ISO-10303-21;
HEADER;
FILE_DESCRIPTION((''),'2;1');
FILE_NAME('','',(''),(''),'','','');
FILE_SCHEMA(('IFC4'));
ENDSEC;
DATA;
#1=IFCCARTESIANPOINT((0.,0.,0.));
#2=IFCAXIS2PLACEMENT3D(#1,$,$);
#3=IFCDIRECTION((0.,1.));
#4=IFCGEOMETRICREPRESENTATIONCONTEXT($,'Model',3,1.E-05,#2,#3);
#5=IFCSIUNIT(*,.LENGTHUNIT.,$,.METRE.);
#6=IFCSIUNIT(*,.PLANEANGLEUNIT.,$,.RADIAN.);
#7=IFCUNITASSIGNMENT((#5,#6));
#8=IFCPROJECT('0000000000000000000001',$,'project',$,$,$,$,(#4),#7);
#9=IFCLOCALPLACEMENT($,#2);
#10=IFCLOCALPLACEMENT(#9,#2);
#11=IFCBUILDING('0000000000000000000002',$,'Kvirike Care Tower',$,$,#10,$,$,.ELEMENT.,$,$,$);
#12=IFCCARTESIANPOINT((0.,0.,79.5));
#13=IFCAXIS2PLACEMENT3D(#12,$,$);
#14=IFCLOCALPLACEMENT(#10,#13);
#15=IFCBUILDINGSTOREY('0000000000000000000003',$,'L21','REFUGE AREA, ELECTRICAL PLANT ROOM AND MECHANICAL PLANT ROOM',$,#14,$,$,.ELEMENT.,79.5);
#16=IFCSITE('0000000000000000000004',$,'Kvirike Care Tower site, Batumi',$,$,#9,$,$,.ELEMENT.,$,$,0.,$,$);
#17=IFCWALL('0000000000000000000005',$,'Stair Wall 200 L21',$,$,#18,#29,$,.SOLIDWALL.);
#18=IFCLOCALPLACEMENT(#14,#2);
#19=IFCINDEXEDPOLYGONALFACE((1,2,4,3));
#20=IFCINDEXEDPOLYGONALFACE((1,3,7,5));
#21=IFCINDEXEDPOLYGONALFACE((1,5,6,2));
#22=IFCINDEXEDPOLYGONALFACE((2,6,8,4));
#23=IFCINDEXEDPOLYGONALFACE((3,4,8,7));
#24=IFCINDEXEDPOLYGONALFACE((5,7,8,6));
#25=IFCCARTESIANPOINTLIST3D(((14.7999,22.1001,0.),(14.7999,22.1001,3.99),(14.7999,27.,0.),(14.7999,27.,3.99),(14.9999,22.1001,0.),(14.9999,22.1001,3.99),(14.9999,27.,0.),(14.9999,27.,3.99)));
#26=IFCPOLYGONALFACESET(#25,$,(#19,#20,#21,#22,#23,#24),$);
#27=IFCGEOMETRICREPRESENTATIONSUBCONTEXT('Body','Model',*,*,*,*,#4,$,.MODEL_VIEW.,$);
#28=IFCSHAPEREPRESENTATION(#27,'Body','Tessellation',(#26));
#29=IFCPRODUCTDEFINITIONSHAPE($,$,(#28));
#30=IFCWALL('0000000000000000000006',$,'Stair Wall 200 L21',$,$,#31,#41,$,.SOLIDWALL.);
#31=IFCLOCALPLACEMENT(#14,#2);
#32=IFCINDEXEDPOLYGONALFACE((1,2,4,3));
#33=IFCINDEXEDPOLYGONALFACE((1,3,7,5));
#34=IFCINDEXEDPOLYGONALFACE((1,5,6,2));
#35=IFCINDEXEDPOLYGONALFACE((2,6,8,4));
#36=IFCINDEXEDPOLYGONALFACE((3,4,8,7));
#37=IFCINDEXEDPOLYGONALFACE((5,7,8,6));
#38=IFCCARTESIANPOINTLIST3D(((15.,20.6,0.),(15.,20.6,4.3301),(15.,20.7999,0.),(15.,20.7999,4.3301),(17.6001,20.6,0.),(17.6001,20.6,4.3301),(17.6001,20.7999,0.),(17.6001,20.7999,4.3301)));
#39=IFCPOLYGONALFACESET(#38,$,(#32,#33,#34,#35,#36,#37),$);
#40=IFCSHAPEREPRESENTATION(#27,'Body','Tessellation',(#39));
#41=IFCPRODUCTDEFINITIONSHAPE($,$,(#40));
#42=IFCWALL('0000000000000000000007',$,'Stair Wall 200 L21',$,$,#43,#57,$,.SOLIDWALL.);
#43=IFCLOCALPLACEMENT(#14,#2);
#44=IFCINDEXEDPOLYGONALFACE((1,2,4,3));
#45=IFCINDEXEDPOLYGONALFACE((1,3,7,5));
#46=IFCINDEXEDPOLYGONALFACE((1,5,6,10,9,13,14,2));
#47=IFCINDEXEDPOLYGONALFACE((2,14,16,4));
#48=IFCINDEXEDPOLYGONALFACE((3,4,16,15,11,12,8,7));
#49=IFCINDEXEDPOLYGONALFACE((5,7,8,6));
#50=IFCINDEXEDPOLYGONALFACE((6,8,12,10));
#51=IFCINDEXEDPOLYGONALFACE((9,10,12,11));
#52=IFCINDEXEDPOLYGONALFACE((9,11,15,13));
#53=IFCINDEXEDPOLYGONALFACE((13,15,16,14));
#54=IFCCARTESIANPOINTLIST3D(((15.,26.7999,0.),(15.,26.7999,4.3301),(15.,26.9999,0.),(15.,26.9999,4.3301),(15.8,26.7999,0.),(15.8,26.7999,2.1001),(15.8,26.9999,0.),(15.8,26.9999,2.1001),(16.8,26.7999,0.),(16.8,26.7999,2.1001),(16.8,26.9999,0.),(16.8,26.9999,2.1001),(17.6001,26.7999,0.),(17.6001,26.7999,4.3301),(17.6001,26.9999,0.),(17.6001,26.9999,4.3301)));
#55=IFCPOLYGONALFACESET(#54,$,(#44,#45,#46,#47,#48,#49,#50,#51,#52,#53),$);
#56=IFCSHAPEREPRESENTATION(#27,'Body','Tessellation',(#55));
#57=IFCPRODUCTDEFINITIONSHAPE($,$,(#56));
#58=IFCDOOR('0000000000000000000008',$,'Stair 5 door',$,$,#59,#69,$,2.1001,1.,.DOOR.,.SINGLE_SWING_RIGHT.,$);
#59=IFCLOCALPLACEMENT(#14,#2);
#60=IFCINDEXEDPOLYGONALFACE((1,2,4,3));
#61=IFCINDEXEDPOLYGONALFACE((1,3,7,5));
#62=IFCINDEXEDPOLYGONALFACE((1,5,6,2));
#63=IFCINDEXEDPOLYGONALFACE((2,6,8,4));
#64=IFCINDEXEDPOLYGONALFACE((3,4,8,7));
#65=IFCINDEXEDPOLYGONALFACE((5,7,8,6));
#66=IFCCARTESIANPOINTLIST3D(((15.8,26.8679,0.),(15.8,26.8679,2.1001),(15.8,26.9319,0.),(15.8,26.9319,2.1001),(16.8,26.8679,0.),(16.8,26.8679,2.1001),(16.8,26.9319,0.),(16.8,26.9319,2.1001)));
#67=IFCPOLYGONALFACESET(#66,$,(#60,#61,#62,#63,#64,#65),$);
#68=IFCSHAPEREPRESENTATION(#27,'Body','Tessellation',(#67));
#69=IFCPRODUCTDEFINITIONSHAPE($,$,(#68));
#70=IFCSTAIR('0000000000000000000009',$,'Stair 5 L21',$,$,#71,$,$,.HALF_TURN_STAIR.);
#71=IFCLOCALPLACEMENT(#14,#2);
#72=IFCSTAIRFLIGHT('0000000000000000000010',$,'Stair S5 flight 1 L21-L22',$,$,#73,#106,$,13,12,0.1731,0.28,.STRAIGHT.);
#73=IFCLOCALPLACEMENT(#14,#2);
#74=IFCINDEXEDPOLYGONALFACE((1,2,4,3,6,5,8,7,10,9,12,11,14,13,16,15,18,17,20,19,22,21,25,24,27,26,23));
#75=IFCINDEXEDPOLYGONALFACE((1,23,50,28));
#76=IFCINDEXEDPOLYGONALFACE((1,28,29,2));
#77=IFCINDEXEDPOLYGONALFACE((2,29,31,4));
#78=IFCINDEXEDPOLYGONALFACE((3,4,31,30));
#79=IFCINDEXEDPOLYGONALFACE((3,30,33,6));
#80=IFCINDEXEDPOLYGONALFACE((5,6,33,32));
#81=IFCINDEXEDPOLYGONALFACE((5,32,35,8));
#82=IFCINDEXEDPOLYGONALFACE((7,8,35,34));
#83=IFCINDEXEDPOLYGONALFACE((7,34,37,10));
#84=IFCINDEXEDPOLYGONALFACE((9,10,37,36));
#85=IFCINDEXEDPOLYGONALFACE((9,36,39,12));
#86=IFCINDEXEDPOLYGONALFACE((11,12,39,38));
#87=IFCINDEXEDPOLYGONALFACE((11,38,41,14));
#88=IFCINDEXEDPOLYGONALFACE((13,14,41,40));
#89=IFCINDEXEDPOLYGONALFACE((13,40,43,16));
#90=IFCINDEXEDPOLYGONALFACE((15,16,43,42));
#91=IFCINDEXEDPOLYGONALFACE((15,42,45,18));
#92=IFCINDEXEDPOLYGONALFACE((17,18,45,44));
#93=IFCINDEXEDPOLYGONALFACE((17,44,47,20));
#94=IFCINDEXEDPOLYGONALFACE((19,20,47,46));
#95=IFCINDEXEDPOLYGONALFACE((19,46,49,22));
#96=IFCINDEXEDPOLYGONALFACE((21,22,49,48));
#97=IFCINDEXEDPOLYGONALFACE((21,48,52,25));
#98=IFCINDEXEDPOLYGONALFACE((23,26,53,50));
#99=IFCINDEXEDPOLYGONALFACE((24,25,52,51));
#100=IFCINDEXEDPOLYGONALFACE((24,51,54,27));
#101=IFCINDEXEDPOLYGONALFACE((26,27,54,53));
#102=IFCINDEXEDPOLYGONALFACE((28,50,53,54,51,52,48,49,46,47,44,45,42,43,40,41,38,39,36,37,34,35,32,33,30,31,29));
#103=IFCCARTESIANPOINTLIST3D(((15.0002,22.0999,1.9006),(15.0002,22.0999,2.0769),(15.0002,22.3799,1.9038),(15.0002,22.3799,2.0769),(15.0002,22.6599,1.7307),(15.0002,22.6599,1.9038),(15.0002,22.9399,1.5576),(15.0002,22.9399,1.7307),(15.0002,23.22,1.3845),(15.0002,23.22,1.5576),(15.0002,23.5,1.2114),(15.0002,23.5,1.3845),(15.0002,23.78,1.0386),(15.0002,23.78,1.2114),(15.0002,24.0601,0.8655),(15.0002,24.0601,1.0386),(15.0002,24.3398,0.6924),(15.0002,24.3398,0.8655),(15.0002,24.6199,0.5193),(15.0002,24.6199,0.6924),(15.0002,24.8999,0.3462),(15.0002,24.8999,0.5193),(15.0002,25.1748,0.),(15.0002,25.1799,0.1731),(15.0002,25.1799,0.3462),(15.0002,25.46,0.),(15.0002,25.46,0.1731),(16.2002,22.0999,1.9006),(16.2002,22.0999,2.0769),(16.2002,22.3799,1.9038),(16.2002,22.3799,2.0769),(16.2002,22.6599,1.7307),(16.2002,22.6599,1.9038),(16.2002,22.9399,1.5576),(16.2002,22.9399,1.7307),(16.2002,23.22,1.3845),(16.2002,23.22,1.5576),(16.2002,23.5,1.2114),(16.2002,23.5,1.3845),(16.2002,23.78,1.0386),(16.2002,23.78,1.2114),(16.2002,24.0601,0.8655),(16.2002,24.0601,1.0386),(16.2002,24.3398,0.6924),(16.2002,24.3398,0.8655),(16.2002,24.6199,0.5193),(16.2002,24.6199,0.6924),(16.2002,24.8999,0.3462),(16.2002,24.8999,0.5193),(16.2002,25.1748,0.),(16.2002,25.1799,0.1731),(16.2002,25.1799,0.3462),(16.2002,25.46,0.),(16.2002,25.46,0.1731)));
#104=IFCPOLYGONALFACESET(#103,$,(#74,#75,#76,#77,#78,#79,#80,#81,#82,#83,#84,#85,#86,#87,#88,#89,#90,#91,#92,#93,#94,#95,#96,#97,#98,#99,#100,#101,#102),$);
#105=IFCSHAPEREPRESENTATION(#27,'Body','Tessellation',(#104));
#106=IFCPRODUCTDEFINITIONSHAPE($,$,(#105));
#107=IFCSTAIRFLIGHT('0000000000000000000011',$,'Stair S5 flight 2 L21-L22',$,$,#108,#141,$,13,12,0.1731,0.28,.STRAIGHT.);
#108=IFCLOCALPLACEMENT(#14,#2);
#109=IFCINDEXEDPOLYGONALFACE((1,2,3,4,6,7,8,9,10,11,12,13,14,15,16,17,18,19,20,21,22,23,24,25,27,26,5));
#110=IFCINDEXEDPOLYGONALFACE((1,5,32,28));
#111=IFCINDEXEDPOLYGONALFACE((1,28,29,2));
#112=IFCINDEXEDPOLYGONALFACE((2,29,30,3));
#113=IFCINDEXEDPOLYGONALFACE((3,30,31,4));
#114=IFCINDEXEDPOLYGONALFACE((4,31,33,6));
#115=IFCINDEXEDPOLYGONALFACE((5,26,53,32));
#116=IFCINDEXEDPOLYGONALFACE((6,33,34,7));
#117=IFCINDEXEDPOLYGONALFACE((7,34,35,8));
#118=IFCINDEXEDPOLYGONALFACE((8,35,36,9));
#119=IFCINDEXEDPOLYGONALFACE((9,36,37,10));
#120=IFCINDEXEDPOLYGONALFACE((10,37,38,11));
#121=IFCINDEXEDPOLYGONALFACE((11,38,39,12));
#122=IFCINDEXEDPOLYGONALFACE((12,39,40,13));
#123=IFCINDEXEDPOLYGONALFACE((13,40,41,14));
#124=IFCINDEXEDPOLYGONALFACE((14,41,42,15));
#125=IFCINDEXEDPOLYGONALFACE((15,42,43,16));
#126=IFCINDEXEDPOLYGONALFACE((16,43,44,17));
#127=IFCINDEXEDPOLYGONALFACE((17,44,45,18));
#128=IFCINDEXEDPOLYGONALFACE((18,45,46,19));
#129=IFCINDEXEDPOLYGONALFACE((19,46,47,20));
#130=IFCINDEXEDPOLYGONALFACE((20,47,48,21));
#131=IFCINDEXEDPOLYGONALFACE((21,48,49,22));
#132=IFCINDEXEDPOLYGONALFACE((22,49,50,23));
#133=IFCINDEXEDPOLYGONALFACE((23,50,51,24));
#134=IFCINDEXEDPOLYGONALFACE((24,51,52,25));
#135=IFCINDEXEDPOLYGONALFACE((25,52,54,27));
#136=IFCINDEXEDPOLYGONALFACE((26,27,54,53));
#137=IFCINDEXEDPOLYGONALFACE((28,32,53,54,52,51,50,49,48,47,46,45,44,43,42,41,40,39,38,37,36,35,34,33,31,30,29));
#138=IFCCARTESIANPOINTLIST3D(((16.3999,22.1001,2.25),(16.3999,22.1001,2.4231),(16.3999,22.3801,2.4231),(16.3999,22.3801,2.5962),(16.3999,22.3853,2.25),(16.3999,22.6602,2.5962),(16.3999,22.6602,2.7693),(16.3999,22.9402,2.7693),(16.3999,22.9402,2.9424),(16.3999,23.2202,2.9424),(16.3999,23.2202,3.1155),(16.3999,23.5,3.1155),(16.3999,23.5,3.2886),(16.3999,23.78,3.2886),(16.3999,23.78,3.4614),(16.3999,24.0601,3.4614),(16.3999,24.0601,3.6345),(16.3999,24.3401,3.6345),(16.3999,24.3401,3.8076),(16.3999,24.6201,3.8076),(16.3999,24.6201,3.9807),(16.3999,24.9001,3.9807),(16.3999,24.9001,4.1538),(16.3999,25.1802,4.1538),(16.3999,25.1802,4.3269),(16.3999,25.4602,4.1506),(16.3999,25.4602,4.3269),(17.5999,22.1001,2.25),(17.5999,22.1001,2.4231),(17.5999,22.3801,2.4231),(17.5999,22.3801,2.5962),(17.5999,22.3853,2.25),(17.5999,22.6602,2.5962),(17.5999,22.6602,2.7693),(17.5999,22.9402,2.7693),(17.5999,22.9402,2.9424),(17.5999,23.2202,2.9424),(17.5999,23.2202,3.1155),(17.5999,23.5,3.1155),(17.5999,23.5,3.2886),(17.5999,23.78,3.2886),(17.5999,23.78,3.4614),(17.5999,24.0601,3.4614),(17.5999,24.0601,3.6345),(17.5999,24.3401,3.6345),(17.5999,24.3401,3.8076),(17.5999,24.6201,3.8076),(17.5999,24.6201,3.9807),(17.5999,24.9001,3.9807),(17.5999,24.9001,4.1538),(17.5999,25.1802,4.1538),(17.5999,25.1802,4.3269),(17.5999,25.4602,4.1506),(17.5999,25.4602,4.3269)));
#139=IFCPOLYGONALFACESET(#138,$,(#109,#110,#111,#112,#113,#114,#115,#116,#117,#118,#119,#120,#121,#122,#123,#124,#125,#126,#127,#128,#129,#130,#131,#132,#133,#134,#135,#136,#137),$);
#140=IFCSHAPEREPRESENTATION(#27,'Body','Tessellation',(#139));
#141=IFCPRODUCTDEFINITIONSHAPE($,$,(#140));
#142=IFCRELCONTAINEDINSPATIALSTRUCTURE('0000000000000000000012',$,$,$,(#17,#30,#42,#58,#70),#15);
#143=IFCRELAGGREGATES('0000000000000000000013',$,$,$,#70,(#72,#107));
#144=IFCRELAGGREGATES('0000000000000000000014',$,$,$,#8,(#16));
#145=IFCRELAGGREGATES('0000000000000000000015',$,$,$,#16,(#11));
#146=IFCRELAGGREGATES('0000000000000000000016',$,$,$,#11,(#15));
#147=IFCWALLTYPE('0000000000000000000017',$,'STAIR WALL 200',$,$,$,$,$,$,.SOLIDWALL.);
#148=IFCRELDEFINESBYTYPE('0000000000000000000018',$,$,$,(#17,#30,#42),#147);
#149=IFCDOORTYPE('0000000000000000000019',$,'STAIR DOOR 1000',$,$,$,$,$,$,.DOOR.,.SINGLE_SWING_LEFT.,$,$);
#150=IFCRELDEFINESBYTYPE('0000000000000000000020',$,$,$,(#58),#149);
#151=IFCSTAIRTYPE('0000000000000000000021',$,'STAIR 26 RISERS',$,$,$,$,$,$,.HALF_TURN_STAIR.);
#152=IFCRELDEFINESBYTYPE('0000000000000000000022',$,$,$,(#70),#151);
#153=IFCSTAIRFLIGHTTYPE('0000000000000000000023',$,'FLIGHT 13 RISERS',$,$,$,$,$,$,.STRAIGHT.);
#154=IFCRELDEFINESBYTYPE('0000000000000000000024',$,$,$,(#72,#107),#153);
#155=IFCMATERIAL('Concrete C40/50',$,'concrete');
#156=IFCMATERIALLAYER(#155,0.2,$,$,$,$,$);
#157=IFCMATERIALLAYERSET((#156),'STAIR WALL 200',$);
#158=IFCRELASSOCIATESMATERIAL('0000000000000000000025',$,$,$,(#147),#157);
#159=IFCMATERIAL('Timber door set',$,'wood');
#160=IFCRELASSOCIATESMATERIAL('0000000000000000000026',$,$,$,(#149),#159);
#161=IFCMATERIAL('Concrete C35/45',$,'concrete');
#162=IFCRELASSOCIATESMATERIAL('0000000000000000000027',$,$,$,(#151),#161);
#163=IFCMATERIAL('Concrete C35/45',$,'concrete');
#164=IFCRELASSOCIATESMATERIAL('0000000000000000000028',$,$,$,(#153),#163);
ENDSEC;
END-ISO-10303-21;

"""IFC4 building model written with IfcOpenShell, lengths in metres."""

from ifc_helpers import new_model, si_unit, direction, frame, frame_2d, origin, place, context, subcontext, project, spatial, polyline, rectangle, outline, extrude, material, layer, layer_set, type_object, element, fill, aggregate, save


model = new_model("IFC4")

# Units and contexts
model_context = context("Model", 3, precision=1e-05, world=origin(), true_north=direction((0.0, 1.0)))
body_context = subcontext(model_context, "Body", "Model", "MODEL_VIEW")
ifc_project = project(units=[si_unit("LENGTHUNIT", "METRE"), si_unit("PLANEANGLEUNIT", "RADIAN")], contexts=[model_context])

# Site, building, storey
site_placement = place(None, origin())
site = spatial("IfcSite", under=ifc_project, at=site_placement, Name="Kvirike Care Tower site, Batumi", CompositionType="ELEMENT", RefElevation=0.0)
building_placement = place(site_placement, origin())
building = spatial("IfcBuilding", under=site, at=building_placement, Name="Kvirike Care Tower", CompositionType="ELEMENT")
storey_placement = place(building_placement, frame((0.0, 0.0, 79.5)))
storey = spatial("IfcBuildingStorey", under=building, at=storey_placement, Name="L21", Description="REFUGE AREA, ELECTRICAL PLANT ROOM AND MECHANICAL PLANT ROOM", CompositionType="ELEMENT", Elevation=79.5)

# Walls
ifc_material_1 = material(Name="Concrete C40/50", Category="concrete")
ifc_layer_1 = layer(ifc_material_1, 0.2)
ifc_layer_set_1 = layer_set([ifc_layer_1], Name="STAIR WALL 200")
wall_type_1 = type_object("IfcWallType", Name="STAIR WALL 200", PredefinedType="SOLIDWALL", material=ifc_layer_set_1)
wall_1_placement = place(storey_placement, frame((14.8999, 22.1001, 0.0), z_axis=(0.0, 0.0, 1.0), x_axis=(0.0, 1.0, 0.0)))
element("IfcWall", 1, at=wall_1_placement, inside=storey, type_object=wall_type_1, Name="Stair Wall 200 L21", PredefinedType="SOLIDWALL", context=body_context, shape_type="SweptSolid", body=[
    extrude(rectangle(XDim=4.8999, YDim=0.2, at=frame_2d((2.45, 0.0))), origin(), (0.0, 0.0, 1.0), 3.99),
])
wall_2_placement = place(storey_placement, frame((15.0, 20.7, 0.0), z_axis=(0.0, 0.0, 1.0), x_axis=(1.0, 0.0, 0.0)))
element("IfcWall", 2, at=wall_2_placement, inside=storey, type_object=wall_type_1, Name="Stair Wall 200 L21", PredefinedType="SOLIDWALL", context=body_context, shape_type="SweptSolid", body=[
    extrude(rectangle(XDim=2.6001, YDim=0.2, at=frame_2d((1.3, 0.0))), origin(), (0.0, 0.0, 1.0), 4.3301),
])

# Wall, opening, door
wall_3_placement = place(storey_placement, frame((15.0, 26.8999, 0.0), z_axis=(0.0, 0.0, 1.0), x_axis=(1.0, 0.0, 0.0)))
wall_3 = element("IfcWall", 3, at=wall_3_placement, inside=storey, type_object=wall_type_1, Name="Stair Wall 200 L21", PredefinedType="SOLIDWALL", context=body_context, shape_type="SweptSolid", body=[
    extrude(rectangle(XDim=2.6001, YDim=0.2, at=frame_2d((1.3, 0.0))), origin(), (0.0, 0.0, 1.0), 4.3301),
])
opening_placement = place(wall_3_placement, frame((0.8, 0.0, 0.0)))
opening = element("IfcOpeningElement", 4, at=opening_placement, cuts=wall_3, PredefinedType="OPENING", context=body_context, shape_type="SweptSolid", body=[
    extrude(rectangle(XDim=1.0, YDim=2.1001, at=frame_2d((0.5, 1.05))), frame((0.0, 0.1106, 0.0), z_axis=(0.0, -1.0, 0.0), x_axis=(1.0, 0.0, 0.0)), (0.0, 0.0, 1.0), 0.2209),
])
ifc_material_2 = material(Name="Timber door set", Category="wood")
door_type = type_object("IfcDoorType", Name="STAIR DOOR 1000", OperationType="SINGLE_SWING_LEFT", PredefinedType="DOOR", material=ifc_material_2)
door_placement = place(opening_placement, frame((1.0, 0.0, 0.0), z_axis=(0.0, 0.0, 1.0), x_axis=(-1.0, 0.0, 0.0)))
door = element("IfcDoor", 5, at=door_placement, inside=storey, type_object=door_type, Name="Stair 5 door", OperationType="SINGLE_SWING_RIGHT", OverallHeight=2.1001, OverallWidth=1.0, PredefinedType="DOOR", context=body_context, shape_type="SweptSolid", body=[
    extrude(rectangle(XDim=1.0, YDim=2.1001, at=frame_2d((0.5, 1.05))), frame((0.0, 0.032, 0.0), z_axis=(0.0, -1.0, 0.0), x_axis=(1.0, 0.0, 0.0)), (0.0, 0.0, 1.0), 0.064),
])
fill(opening, door)

# Stair, stair flights
ifc_material_3 = material(Name="Concrete C35/45", Category="concrete")
stair_type = type_object("IfcStairType", Name="STAIR 26 RISERS", PredefinedType="HALF_TURN_STAIR", material=ifc_material_3)
stair_placement = place(storey_placement, origin())
stair = element("IfcStair", 6, at=stair_placement, inside=storey, type_object=stair_type, Name="Stair 5 L21", PredefinedType="HALF_TURN_STAIR")
ifc_material_4 = material(Name="Concrete C35/45", Category="concrete")
stair_flight_type = type_object("IfcStairFlightType", Name="FLIGHT 13 RISERS", PredefinedType="STRAIGHT", material=ifc_material_4)
stair_flight_1_placement = place(storey_placement, frame((15.6001, 25.46, 0.0), z_axis=(0.0, 0.0, 1.0), x_axis=(0.0, -1.0, 0.0)))
stair_flight_1 = element("IfcStairFlight", 7, at=stair_flight_1_placement, type_object=stair_flight_type, Name="Stair S5 flight 1 L21-L22", NumberOfRisers=13, NumberOfTreads=12, PredefinedType="STRAIGHT", RiserHeight=0.1731, TreadLength=0.28, context=body_context, shape_type="SweptSolid", body=[
    extrude(outline(polyline([(0.0, 0.0), (0.0, 0.1731), (0.28, 0.1731), (0.28, 0.3462), (0.5601, 0.3462), (0.5601, 0.5193), (0.8401, 0.5193), (0.8401, 0.6924), (1.1201, 0.6924), (1.1201, 0.8655), (1.3999, 0.8655), (1.3999, 1.0386), (1.6799, 1.0386), (1.6799, 1.2114), (1.96, 1.2114), (1.96, 1.3845), (2.24, 1.3845), (2.24, 1.5576), (2.52, 1.5576), (2.52, 1.7307), (2.8, 1.7307), (2.8, 1.9038), (3.0801, 1.9038), (3.0801, 2.0769), (3.3601, 2.0769), (3.3601, 2.25), (3.3601, 1.9006), (0.2852, 0.0), (0.0, 0.0)])), frame((0.0, 0.6001, 0.0), z_axis=(0.0, -1.0, 0.0), x_axis=(1.0, 0.0, 0.0)), (0.0, 0.0, 1.0), 1.2),
])
stair_flight_2_placement = place(storey_placement, frame((17.0, 22.1001, 2.25), z_axis=(0.0, 0.0, 1.0), x_axis=(0.0, 1.0, 0.0)))
stair_flight_2 = element("IfcStairFlight", 8, at=stair_flight_2_placement, type_object=stair_flight_type, Name="Stair S5 flight 2 L21-L22", NumberOfRisers=13, NumberOfTreads=12, PredefinedType="STRAIGHT", RiserHeight=0.1731, TreadLength=0.28, context=body_context, shape_type="SweptSolid", body=[
    extrude(outline(polyline([(0.0, 0.0), (0.0, 0.1731), (0.28, 0.1731), (0.28, 0.3462), (0.5601, 0.3462), (0.5601, 0.5193), (0.8401, 0.5193), (0.8401, 0.6924), (1.1201, 0.6924), (1.1201, 0.8655), (1.3999, 0.8655), (1.3999, 1.0386), (1.6799, 1.0386), (1.6799, 1.2114), (1.96, 1.2114), (1.96, 1.3845), (2.24, 1.3845), (2.24, 1.5576), (2.52, 1.5576), (2.52, 1.7307), (2.8, 1.7307), (2.8, 1.9038), (3.0801, 1.9038), (3.0801, 2.0769), (3.3601, 2.0769), (3.3601, 2.25), (3.3601, 1.9006), (0.2852, 0.0), (0.0, 0.0)])), frame((0.0, 0.6001, 0.0), z_axis=(0.0, -1.0, 0.0), x_axis=(1.0, 0.0, 0.0)), (0.0, 0.0, 1.0), 1.2),
])
aggregate(stair, [stair_flight_1, stair_flight_2])

save(model, "model.ifc")
